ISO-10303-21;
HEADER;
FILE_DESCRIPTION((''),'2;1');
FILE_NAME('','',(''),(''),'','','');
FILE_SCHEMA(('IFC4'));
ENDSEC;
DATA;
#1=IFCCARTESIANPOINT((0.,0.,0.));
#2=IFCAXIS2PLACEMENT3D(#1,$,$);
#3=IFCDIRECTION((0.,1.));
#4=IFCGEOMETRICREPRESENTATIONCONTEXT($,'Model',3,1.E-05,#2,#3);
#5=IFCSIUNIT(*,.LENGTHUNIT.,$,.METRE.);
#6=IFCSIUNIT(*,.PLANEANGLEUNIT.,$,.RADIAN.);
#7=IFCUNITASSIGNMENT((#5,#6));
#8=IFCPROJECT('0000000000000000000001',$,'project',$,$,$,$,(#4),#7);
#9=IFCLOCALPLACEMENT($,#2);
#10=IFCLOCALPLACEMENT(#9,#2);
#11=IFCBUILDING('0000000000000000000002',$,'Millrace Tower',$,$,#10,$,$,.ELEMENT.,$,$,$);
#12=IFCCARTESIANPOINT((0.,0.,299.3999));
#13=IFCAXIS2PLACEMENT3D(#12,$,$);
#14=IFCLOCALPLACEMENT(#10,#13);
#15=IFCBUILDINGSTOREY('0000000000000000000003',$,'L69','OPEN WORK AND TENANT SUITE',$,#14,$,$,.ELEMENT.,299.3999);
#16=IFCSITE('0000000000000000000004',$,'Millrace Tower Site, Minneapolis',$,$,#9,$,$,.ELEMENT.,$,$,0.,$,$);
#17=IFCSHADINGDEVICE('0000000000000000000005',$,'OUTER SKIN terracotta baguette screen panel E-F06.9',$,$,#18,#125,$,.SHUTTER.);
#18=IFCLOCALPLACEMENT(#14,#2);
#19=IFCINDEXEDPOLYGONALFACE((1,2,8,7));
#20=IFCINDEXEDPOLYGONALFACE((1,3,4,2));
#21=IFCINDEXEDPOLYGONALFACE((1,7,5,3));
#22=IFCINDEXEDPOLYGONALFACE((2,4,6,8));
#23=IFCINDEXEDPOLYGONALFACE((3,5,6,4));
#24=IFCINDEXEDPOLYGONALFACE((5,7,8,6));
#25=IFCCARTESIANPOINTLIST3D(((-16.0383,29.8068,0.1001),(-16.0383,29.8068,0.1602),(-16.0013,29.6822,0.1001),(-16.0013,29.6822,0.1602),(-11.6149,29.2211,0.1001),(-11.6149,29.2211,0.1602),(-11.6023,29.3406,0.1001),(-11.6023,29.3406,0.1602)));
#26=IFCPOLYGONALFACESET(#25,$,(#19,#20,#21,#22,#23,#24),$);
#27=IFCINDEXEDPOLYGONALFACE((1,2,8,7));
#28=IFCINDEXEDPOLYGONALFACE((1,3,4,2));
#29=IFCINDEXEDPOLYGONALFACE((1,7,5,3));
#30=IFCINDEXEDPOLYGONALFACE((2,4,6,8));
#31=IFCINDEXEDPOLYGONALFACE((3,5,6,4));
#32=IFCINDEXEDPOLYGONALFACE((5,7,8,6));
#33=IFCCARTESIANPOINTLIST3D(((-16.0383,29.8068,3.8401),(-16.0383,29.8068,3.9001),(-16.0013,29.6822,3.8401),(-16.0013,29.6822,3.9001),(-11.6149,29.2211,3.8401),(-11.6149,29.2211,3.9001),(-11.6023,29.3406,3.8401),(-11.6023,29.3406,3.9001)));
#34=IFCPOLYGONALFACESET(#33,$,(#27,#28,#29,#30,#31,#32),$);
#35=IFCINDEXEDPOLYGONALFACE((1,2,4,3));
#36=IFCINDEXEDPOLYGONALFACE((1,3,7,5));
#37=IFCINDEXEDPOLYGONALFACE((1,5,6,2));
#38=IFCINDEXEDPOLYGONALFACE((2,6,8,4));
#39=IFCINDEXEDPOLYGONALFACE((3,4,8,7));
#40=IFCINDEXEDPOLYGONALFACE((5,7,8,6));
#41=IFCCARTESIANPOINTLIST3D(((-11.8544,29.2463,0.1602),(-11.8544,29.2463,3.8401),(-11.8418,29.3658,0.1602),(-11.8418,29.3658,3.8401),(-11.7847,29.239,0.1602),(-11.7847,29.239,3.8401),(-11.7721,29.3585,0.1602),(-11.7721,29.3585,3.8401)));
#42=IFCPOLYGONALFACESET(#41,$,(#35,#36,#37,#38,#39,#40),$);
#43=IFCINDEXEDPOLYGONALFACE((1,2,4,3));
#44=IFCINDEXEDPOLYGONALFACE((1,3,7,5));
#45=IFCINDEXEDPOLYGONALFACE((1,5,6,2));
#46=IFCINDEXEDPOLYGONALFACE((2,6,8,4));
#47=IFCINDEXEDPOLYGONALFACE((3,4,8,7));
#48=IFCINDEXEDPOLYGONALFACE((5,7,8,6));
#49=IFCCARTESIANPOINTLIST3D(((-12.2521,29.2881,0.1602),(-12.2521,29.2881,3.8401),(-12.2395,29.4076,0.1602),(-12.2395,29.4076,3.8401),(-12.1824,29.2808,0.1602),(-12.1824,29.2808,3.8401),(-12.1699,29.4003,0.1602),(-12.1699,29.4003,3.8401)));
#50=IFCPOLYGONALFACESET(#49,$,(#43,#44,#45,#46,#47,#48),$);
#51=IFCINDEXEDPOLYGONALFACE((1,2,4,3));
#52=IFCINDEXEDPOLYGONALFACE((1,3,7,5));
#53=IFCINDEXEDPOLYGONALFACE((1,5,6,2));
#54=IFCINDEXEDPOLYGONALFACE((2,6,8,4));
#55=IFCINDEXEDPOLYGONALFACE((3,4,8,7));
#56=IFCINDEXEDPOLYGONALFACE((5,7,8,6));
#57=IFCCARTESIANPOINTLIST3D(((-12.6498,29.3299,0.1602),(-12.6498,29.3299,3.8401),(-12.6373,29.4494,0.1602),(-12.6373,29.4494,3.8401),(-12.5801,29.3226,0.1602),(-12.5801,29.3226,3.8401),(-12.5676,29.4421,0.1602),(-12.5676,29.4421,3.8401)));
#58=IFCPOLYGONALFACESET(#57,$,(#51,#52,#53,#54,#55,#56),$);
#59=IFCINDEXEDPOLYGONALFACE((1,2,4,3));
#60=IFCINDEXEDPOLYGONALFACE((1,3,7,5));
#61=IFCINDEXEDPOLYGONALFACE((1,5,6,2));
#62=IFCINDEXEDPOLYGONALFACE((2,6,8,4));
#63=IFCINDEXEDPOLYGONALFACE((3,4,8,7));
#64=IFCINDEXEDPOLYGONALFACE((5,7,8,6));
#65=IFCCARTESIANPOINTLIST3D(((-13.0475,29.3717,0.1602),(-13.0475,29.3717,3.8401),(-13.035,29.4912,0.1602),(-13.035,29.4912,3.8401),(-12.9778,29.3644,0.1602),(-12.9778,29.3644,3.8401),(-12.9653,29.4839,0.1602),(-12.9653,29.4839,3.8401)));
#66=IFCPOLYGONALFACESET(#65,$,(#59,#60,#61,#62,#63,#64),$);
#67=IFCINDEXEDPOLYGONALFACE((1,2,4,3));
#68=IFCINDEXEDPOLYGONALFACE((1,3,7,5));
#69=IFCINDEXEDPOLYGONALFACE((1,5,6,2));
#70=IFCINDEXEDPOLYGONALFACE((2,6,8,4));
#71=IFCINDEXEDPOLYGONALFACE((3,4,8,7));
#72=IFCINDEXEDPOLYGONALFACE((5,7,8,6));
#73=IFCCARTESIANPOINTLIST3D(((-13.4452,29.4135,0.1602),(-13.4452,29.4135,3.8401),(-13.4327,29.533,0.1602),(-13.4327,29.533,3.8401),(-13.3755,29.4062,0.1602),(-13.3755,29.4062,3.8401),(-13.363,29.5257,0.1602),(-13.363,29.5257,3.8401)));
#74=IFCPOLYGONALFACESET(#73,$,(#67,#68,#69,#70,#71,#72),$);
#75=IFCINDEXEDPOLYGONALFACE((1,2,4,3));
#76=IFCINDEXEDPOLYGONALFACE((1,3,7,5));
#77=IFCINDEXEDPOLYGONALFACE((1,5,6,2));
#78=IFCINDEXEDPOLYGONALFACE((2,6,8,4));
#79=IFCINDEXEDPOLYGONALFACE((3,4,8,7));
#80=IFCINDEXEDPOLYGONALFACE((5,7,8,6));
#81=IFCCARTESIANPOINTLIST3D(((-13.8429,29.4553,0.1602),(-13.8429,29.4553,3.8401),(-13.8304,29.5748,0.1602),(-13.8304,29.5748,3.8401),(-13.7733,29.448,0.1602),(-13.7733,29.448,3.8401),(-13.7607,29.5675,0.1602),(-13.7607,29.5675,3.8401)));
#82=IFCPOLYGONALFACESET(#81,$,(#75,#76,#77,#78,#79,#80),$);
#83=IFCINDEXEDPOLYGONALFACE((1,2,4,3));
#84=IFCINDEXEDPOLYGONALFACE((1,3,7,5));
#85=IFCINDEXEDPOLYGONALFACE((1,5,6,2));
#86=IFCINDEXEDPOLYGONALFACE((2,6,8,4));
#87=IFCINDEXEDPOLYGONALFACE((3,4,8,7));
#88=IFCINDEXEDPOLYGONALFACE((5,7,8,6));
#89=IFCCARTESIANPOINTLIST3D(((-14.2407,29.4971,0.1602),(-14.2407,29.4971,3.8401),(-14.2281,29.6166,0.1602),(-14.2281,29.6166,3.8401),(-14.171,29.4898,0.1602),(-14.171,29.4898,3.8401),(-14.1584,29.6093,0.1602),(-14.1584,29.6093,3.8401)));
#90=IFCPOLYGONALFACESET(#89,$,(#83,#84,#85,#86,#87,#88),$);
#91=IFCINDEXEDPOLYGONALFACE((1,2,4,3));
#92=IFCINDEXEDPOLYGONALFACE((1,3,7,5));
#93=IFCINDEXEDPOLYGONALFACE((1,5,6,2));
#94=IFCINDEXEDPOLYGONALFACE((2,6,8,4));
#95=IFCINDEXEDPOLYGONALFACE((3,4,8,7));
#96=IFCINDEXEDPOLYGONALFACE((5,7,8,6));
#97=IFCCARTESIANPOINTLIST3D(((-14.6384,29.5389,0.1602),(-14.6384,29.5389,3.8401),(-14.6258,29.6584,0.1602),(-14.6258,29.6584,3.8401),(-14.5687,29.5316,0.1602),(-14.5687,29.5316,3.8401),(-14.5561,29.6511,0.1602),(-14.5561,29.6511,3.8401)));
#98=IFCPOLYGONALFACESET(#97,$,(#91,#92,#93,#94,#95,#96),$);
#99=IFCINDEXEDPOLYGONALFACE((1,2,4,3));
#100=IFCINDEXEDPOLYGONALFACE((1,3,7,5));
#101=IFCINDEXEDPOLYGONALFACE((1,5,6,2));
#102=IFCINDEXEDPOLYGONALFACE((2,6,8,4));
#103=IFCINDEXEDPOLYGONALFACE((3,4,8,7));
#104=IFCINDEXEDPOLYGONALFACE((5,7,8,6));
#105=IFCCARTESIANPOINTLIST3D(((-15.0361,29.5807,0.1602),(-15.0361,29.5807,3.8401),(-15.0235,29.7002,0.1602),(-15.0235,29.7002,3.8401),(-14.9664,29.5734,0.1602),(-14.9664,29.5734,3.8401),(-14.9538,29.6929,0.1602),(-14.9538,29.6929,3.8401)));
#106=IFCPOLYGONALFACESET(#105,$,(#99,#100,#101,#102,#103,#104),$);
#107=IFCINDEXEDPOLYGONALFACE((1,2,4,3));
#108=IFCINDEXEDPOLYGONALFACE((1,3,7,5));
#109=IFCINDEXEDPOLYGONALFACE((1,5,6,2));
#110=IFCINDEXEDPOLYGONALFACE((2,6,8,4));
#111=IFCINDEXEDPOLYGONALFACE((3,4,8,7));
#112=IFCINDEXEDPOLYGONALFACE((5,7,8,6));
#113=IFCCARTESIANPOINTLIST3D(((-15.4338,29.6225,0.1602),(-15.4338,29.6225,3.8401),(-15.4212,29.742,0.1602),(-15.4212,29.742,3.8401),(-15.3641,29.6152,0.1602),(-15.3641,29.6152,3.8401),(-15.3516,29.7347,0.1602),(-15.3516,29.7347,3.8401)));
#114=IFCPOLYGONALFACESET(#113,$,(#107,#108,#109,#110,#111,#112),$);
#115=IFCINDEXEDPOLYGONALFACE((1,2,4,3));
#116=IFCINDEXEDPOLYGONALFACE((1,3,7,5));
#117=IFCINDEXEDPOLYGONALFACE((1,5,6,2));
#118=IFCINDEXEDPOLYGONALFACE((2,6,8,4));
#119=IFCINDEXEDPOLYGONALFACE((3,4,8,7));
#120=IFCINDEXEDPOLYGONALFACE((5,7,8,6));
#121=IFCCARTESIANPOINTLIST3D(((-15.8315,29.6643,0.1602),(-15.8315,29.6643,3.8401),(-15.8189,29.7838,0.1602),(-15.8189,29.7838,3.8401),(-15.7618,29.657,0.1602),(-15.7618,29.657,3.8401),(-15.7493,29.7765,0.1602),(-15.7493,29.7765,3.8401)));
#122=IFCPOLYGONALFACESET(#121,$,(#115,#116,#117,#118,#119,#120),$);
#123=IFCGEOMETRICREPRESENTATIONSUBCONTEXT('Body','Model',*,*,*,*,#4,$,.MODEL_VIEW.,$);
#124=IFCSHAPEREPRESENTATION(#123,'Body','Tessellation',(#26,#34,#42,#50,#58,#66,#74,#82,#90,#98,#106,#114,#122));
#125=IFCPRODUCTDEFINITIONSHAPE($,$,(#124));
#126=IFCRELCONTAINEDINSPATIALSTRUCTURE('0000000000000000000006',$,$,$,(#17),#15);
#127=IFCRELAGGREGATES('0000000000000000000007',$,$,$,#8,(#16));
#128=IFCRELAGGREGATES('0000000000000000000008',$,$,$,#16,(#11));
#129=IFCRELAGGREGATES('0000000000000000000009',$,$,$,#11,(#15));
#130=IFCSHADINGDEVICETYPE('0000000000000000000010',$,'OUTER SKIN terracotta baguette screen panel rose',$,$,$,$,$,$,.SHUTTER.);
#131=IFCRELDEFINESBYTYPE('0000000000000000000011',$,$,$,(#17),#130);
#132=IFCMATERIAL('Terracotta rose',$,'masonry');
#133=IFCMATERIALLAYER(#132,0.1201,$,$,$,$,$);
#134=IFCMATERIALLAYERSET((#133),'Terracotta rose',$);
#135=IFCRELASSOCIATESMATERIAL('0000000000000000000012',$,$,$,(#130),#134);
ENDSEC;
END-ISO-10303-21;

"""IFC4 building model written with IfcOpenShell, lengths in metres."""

from ifc_helpers import new_model, entity, si_unit, direction, frame, frame_2d, origin, place, context, subcontext, project, spatial, rectangle, extrude, source, transform, mapped, material, layer, layer_set, type_object, element, save


model = new_model("IFC4")

# Units and contexts
model_context = context("Model", 3, precision=1e-05, world=origin(), true_north=direction((0.0, 1.0)))
body_context = subcontext(model_context, "Body", "Model", "MODEL_VIEW")
ifc_project = project(units=[si_unit("LENGTHUNIT", "METRE"), si_unit("PLANEANGLEUNIT", "RADIAN")], contexts=[model_context])

# Site, building, storey
site_placement = place(None, origin())
site = spatial("IfcSite", under=ifc_project, at=site_placement, Name="Millrace Tower Site, Minneapolis", CompositionType="ELEMENT", RefElevation=0.0)
building_placement = place(site_placement, origin())
building = spatial("IfcBuilding", under=site, at=building_placement, Name="Millrace Tower", CompositionType="ELEMENT")
storey_placement = place(building_placement, frame((0.0, 0.0, 299.3999)))
storey = spatial("IfcBuildingStorey", under=building, at=storey_placement, Name="L69", Description="OPEN WORK AND TENANT SUITE", CompositionType="ELEMENT", Elevation=299.3999)

# Shading device
ifc_material_1 = material(Name="Terracotta rose", Category="masonry")
ifc_layer_1 = layer(ifc_material_1, 0.1201)
ifc_layer_set_1 = layer_set([ifc_layer_1], Name="Terracotta rose")
shading_device_type = type_object("IfcShadingDeviceType", Name="OUTER SKIN terracotta baguette screen panel rose", PredefinedType="SHUTTER", material=ifc_layer_set_1)
cartesian_point_1 = entity("IfcCartesianPoint", [-2.2178, 0.0601])
shared_polyline_1 = entity("IfcPolyline", [cartesian_point_1, entity("IfcCartesianPoint", [2.1929, 0.0601]), entity("IfcCartesianPoint", [2.2427, -0.0601]), entity("IfcCartesianPoint", [-2.2178, -0.0601]), cartesian_point_1])
shared_shape_1 = source(origin(), body_context, "Body", "SweptSolid", [
    entity("IfcExtrudedAreaSolid", entity("IfcArbitraryClosedProfileDef", "AREA", None, shared_polyline_1), entity("IfcAxis2Placement3D", entity("IfcCartesianPoint", [0.0, 0.0, 0.0])), entity("IfcDirection", [0.0, 0.0, 1.0]), 0.0601),
    entity("IfcExtrudedAreaSolid", entity("IfcArbitraryClosedProfileDef", "AREA", None, shared_polyline_1), entity("IfcAxis2Placement3D", entity("IfcCartesianPoint", [0.0, 0.0, 3.74])), entity("IfcDirection", [0.0, 0.0, 1.0]), 0.0601),
    extrude(rectangle(XDim=0.0701, YDim=0.1201, at=frame_2d((-2.012, 0.0))), frame((0.0, 0.0, 0.0601)), (0.0, 0.0, 1.0), 3.6799),
    extrude(rectangle(XDim=0.0701, YDim=0.1201, at=frame_2d((-1.6121, 0.0))), frame((0.0, 0.0, 0.0601)), (0.0, 0.0, 1.0), 3.6799),
    extrude(rectangle(XDim=0.0701, YDim=0.1201, at=frame_2d((-1.2122, 0.0))), frame((0.0, 0.0, 0.0601)), (0.0, 0.0, 1.0), 3.6799),
    extrude(rectangle(XDim=0.0701, YDim=0.1201, at=frame_2d((-0.8123, 0.0))), frame((0.0, 0.0, 0.0601)), (0.0, 0.0, 1.0), 3.6799),
    extrude(rectangle(XDim=0.0701, YDim=0.1201, at=frame_2d((-0.4124, 0.0))), frame((0.0, 0.0, 0.0601)), (0.0, 0.0, 1.0), 3.6799),
    extrude(rectangle(XDim=0.0701, YDim=0.1201, at=frame_2d((-0.0125, 0.0))), frame((0.0, 0.0, 0.0601)), (0.0, 0.0, 1.0), 3.6799),
    extrude(rectangle(XDim=0.0701, YDim=0.1201, at=frame_2d((0.3875, 0.0))), frame((0.0, 0.0, 0.0601)), (0.0, 0.0, 1.0), 3.6799),
    extrude(rectangle(XDim=0.0701, YDim=0.1201, at=frame_2d((0.7874, 0.0))), frame((0.0, 0.0, 0.0601)), (0.0, 0.0, 1.0), 3.6799),
    extrude(rectangle(XDim=0.0701, YDim=0.1201, at=frame_2d((1.1873, 0.0))), frame((0.0, 0.0, 0.0601)), (0.0, 0.0, 1.0), 3.6799),
    extrude(rectangle(XDim=0.0701, YDim=0.1201, at=frame_2d((1.5872, 0.0))), frame((0.0, 0.0, 0.0601)), (0.0, 0.0, 1.0), 3.6799),
    extrude(rectangle(XDim=0.0701, YDim=0.1201, at=frame_2d((1.9871, 0.0))), frame((0.0, 0.0, 0.0601)), (0.0, 0.0, 1.0), 3.6799),
])
shading_device_placement = place(storey_placement, frame((-13.8142, 29.5127, 0.1001), z_axis=(0.0, 0.0, 1.0), x_axis=(-0.994522, 0.104528, 0.0)))
element("IfcShadingDevice", 1, at=shading_device_placement, inside=storey, type_object=shading_device_type, Name="OUTER SKIN terracotta baguette screen panel E-F06.9", PredefinedType="SHUTTER", context=body_context, shape_type="MappedRepresentation", body=[
    mapped(shared_shape_1, transform((0.0, 0.0, 0.0), scale=1.0)),
])

save(model, "model.ifc")
